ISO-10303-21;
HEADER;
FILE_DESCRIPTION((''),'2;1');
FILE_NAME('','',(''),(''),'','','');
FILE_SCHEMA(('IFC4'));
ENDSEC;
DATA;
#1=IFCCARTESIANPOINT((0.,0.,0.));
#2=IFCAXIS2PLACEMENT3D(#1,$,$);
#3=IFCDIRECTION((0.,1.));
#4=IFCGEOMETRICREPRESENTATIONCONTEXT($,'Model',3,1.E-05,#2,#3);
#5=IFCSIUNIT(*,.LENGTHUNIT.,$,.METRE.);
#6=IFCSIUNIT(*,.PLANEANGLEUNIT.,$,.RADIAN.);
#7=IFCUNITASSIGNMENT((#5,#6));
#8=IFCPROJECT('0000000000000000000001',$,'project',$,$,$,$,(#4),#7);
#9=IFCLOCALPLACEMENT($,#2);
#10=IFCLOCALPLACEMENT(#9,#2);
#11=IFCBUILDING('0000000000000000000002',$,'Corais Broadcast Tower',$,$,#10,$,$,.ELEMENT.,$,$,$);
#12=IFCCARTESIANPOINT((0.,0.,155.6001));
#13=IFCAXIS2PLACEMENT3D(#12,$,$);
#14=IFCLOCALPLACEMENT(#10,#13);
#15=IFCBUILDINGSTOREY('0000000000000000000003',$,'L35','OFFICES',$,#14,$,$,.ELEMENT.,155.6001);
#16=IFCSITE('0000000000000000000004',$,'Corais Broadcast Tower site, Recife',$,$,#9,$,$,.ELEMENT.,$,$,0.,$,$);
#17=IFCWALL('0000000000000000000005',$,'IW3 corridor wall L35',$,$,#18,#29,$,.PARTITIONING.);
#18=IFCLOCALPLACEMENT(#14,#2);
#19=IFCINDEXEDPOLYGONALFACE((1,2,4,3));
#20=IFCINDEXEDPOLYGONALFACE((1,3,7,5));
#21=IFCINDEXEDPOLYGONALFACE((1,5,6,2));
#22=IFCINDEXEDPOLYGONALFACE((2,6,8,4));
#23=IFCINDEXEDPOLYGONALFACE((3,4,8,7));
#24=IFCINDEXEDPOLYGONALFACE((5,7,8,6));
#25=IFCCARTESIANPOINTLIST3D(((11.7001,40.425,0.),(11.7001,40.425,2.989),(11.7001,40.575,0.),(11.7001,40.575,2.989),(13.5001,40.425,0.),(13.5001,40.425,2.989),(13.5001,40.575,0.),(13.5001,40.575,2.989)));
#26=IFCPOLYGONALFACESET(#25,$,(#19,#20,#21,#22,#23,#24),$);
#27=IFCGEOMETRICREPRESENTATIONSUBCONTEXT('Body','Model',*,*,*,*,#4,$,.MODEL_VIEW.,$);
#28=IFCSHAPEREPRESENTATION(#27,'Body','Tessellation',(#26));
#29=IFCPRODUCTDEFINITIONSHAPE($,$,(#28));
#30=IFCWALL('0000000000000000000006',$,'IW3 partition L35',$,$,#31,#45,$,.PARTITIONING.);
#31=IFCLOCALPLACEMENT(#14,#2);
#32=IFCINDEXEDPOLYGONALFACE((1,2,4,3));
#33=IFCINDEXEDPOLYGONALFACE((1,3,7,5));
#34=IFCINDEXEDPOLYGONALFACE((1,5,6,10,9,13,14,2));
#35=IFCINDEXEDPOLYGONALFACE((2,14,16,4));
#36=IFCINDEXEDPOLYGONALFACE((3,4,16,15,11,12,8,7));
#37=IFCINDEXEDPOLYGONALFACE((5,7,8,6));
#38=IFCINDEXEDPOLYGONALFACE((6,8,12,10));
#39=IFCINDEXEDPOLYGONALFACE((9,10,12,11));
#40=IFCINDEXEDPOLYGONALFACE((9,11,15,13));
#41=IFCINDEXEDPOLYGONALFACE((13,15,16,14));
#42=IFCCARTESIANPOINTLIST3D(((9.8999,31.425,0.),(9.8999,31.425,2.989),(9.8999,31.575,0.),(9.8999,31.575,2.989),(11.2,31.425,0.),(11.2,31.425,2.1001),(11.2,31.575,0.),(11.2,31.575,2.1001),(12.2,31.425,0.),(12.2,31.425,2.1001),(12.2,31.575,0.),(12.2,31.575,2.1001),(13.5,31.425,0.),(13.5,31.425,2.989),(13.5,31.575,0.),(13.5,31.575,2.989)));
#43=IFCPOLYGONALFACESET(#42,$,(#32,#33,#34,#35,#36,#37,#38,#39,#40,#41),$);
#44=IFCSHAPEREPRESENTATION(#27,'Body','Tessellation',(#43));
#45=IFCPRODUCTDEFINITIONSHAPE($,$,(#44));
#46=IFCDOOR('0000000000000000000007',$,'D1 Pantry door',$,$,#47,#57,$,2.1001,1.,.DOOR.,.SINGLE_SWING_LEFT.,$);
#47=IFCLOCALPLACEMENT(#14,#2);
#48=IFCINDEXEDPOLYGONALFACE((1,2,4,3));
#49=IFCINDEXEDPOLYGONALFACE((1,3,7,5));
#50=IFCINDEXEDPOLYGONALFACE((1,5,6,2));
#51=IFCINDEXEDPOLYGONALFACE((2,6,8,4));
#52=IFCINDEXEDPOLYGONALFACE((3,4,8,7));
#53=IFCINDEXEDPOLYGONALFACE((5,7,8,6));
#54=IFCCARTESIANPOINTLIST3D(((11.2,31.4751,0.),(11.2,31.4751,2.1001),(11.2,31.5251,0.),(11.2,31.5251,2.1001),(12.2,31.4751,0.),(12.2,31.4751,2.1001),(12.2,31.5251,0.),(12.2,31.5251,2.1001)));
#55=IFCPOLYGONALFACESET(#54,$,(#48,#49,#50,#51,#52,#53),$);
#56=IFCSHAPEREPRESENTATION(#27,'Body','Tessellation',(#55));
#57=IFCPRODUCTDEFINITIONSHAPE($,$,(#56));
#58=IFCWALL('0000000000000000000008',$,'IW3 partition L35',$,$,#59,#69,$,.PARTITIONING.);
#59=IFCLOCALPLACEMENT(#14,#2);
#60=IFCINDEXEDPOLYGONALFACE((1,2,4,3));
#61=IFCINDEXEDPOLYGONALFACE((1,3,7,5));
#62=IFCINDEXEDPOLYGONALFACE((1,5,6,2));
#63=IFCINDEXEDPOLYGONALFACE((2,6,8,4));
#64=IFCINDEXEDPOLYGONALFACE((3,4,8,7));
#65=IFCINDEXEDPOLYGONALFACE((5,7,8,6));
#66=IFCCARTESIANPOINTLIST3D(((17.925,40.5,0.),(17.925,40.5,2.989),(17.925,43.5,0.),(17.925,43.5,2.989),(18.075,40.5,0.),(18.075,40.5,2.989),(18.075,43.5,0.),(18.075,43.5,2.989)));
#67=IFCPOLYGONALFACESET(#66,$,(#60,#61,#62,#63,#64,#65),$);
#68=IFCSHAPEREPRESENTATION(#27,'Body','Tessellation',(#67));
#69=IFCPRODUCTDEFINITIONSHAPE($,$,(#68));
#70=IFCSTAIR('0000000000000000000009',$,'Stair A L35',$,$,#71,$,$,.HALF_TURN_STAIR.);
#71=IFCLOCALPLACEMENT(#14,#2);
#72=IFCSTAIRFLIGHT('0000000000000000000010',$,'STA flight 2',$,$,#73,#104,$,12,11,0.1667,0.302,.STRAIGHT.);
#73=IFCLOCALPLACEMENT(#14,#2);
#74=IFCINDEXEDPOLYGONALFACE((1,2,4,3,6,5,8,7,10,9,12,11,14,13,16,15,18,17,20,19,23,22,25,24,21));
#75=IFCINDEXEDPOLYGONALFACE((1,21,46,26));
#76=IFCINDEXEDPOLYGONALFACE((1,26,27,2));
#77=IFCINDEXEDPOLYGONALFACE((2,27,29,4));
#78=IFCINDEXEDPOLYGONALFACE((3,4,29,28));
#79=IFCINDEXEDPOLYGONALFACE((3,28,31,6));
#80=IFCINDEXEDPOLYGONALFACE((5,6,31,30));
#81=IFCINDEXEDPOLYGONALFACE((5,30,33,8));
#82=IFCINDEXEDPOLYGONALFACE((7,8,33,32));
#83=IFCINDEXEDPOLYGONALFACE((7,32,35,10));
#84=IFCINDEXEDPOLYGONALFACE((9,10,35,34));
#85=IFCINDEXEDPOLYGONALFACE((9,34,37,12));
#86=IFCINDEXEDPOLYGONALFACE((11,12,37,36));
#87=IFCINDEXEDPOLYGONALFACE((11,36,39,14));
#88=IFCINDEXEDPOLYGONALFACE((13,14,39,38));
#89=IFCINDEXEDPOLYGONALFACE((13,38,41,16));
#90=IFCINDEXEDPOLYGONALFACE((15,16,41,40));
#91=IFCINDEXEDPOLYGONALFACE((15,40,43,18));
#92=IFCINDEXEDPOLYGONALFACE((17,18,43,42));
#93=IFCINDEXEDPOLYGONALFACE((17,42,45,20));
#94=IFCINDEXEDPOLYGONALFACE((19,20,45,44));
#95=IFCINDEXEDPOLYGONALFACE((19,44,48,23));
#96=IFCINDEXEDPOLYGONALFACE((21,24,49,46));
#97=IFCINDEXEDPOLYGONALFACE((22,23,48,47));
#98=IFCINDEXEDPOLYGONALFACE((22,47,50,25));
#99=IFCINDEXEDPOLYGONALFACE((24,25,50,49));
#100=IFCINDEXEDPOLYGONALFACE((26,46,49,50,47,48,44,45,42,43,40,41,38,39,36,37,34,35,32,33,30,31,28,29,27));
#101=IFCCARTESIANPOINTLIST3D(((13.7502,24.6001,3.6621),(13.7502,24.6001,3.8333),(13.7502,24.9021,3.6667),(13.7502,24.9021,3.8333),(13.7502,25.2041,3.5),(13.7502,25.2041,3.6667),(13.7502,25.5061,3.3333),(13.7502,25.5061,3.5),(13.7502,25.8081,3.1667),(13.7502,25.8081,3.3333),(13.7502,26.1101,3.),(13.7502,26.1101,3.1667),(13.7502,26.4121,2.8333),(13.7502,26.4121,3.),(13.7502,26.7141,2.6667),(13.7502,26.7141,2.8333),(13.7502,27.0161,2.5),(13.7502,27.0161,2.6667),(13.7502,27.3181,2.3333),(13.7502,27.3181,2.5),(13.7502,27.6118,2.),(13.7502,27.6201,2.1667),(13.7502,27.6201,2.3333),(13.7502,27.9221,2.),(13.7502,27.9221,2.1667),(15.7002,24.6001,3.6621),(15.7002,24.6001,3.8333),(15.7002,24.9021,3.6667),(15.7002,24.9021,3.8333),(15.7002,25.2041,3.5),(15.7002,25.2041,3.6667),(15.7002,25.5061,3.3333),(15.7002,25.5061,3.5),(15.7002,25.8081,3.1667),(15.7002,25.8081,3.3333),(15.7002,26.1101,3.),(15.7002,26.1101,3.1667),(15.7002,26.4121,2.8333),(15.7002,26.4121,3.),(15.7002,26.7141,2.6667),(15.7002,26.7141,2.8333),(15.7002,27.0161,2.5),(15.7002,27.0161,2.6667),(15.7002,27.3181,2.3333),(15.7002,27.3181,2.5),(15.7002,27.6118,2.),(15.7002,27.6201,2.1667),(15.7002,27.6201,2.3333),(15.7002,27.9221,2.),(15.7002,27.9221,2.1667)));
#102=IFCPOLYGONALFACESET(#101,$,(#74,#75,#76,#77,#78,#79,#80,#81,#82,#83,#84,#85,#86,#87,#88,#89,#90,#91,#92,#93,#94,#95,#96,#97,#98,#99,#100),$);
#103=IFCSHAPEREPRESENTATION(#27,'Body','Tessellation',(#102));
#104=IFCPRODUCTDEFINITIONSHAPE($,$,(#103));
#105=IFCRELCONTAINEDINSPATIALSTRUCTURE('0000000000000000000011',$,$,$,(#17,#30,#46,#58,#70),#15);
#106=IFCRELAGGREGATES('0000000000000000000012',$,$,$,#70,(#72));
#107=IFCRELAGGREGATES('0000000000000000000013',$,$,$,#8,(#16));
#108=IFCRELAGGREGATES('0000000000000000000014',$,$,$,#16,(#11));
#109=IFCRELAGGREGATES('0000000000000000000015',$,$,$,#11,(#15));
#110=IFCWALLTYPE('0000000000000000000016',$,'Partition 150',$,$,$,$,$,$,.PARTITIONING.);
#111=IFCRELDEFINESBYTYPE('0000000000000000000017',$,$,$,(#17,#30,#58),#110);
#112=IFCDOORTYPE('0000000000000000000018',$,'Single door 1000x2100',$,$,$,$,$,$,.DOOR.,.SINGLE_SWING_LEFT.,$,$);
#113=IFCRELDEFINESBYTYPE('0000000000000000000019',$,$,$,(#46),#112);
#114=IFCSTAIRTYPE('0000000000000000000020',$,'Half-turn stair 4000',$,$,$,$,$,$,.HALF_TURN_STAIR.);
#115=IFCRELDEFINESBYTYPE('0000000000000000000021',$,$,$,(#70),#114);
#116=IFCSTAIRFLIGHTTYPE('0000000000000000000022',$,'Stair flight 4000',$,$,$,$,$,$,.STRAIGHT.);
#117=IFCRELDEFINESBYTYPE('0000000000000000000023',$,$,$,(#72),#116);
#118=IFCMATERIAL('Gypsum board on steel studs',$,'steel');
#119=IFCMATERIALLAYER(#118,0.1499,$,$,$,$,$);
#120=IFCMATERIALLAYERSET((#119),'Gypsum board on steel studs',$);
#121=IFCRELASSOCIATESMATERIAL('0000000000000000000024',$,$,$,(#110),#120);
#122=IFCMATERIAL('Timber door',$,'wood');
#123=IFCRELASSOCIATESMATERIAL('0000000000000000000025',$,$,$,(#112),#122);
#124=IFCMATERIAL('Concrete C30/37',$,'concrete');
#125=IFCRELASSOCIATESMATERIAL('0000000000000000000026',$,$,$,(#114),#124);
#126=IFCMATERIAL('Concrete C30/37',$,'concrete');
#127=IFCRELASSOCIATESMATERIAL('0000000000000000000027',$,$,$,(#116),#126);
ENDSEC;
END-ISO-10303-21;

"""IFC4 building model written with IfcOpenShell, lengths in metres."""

from ifc_helpers import new_model, si_unit, direction, frame, frame_2d, origin, place, context, subcontext, project, spatial, polyline, rectangle, outline, extrude, material, layer, layer_set, type_object, element, fill, aggregate, save


model = new_model("IFC4")

# Units and contexts
model_context = context("Model", 3, precision=1e-05, world=origin(), true_north=direction((0.0, 1.0)))
body_context = subcontext(model_context, "Body", "Model", "MODEL_VIEW")
ifc_project = project(units=[si_unit("LENGTHUNIT", "METRE"), si_unit("PLANEANGLEUNIT", "RADIAN")], contexts=[model_context])

# Site, building, storey
site_placement = place(None, origin())
site = spatial("IfcSite", under=ifc_project, at=site_placement, Name="Corais Broadcast Tower site, Recife", CompositionType="ELEMENT", RefElevation=0.0)
building_placement = place(site_placement, origin())
building = spatial("IfcBuilding", under=site, at=building_placement, Name="Corais Broadcast Tower", CompositionType="ELEMENT")
storey_placement = place(building_placement, frame((0.0, 0.0, 155.6001)))
storey = spatial("IfcBuildingStorey", under=building, at=storey_placement, Name="L35", Description="OFFICES", CompositionType="ELEMENT", Elevation=155.6001)

# Wall
ifc_material_1 = material(Name="Gypsum board on steel studs", Category="steel")
ifc_layer_1 = layer(ifc_material_1, 0.1499)
ifc_layer_set_1 = layer_set([ifc_layer_1], Name="Gypsum board on steel studs")
wall_type_1 = type_object("IfcWallType", Name="Partition 150", PredefinedType="PARTITIONING", material=ifc_layer_set_1)
wall_1_placement = place(storey_placement, frame((13.5, 40.5, 0.0), z_axis=(0.0, 0.0, 1.0), x_axis=(-1.0, 0.0, 0.0)))
element("IfcWall", 1, at=wall_1_placement, inside=storey, type_object=wall_type_1, Name="IW3 corridor wall L35", PredefinedType="PARTITIONING", context=body_context, shape_type="SweptSolid", body=[
    extrude(rectangle(XDim=1.8, YDim=0.1499, at=frame_2d((0.8999, 0.0))), origin(), (0.0, 0.0, 1.0), 2.989),
])

# Wall, opening, door
wall_2_placement = place(storey_placement, frame((13.5, 31.5, 0.0), z_axis=(0.0, 0.0, 1.0), x_axis=(-1.0, 0.0, 0.0)))
wall_2 = element("IfcWall", 2, at=wall_2_placement, inside=storey, type_object=wall_type_1, Name="IW3 partition L35", PredefinedType="PARTITIONING", context=body_context, shape_type="SweptSolid", body=[
    extrude(rectangle(XDim=3.6001, YDim=0.1499, at=frame_2d((1.8, 0.0))), origin(), (0.0, 0.0, 1.0), 2.989),
])
opening_1_placement = place(wall_2_placement, frame((1.3, 0.0, 0.0)))
opening_1 = element("IfcOpeningElement", 3, at=opening_1_placement, cuts=wall_2, PredefinedType="OPENING", context=body_context, shape_type="SweptSolid", body=[
    extrude(rectangle(XDim=1.0, YDim=2.1001, at=frame_2d((0.5, 1.05))), frame((0.0, 0.085, 0.0), z_axis=(0.0, -1.0, 0.0), x_axis=(1.0, 0.0, 0.0)), (0.0, 0.0, 1.0), 0.1699),
])
ifc_material_2 = material(Name="Timber door", Category="wood")
door_type_1 = type_object("IfcDoorType", Name="Single door 1000x2100", OperationType="SINGLE_SWING_LEFT", PredefinedType="DOOR", material=ifc_material_2)
door_1_placement = place(opening_1_placement, origin())
door_1 = element("IfcDoor", 4, at=door_1_placement, inside=storey, type_object=door_type_1, Name="D1 Pantry door", OperationType="SINGLE_SWING_LEFT", OverallHeight=2.1001, OverallWidth=1.0, PredefinedType="DOOR", context=body_context, shape_type="SweptSolid", body=[
    extrude(rectangle(XDim=1.0, YDim=2.1001, at=frame_2d((0.5, 1.05))), frame((0.0, 0.0249, 0.0), z_axis=(0.0, -1.0, 0.0), x_axis=(1.0, 0.0, 0.0)), (0.0, 0.0, 1.0), 0.05),
])
fill(opening_1, door_1)

# Wall
wall_3_placement = place(storey_placement, frame((18.0, 40.5, 0.0), z_axis=(0.0, 0.0, 1.0), x_axis=(0.0, 1.0, 0.0)))
element("IfcWall", 5, at=wall_3_placement, inside=storey, type_object=wall_type_1, Name="IW3 partition L35", PredefinedType="PARTITIONING", context=body_context, shape_type="SweptSolid", body=[
    extrude(rectangle(XDim=3.0, YDim=0.1499, at=frame_2d((1.5, 0.0))), origin(), (0.0, 0.0, 1.0), 2.989),
])

# Stair, stair flight
ifc_material_3 = material(Name="Concrete C30/37", Category="concrete")
stair_type = type_object("IfcStairType", Name="Half-turn stair 4000", PredefinedType="HALF_TURN_STAIR", material=ifc_material_3)
stair_placement = place(storey_placement, origin())
stair = element("IfcStair", 6, at=stair_placement, inside=storey, type_object=stair_type, Name="Stair A L35", PredefinedType="HALF_TURN_STAIR")
ifc_material_4 = material(Name="Concrete C30/37", Category="concrete")
stair_flight_type = type_object("IfcStairFlightType", Name="Stair flight 4000", PredefinedType="STRAIGHT", material=ifc_material_4)
stair_flight_placement = place(storey_placement, frame((14.7251, 27.9221, 2.0), z_axis=(0.0, 0.0, 1.0), x_axis=(0.0, -1.0, 0.0)))
stair_flight = element("IfcStairFlight", 7, at=stair_flight_placement, type_object=stair_flight_type, Name="STA flight 2", NumberOfRisers=12, NumberOfTreads=11, PredefinedType="STRAIGHT", RiserHeight=0.1667, TreadLength=0.302, context=body_context, shape_type="SweptSolid", body=[
    extrude(outline(polyline([(0.0, 0.0), (0.0, 0.1667), (0.302, 0.1667), (0.302, 0.3333), (0.604, 0.3333), (0.604, 0.5), (0.906, 0.5), (0.906, 0.6667), (1.208, 0.6667), (1.208, 0.8333), (1.51, 0.8333), (1.51, 1.0), (1.812, 1.0), (1.812, 1.1667), (2.114, 1.1667), (2.114, 1.3333), (2.416, 1.3333), (2.416, 1.5), (2.718, 1.5), (2.718, 1.6667), (3.02, 1.6667), (3.02, 1.8333), (3.322, 1.8333), (3.322, 2.0), (3.322, 1.6621), (0.3103, 0.0), (0.0, 0.0)])), frame((0.0, 0.9751, 0.0), z_axis=(0.0, -1.0, 0.0), x_axis=(1.0, 0.0, 0.0)), (0.0, 0.0, 1.0), 1.95),
])
aggregate(stair, [stair_flight])

save(model, "model.ifc")
